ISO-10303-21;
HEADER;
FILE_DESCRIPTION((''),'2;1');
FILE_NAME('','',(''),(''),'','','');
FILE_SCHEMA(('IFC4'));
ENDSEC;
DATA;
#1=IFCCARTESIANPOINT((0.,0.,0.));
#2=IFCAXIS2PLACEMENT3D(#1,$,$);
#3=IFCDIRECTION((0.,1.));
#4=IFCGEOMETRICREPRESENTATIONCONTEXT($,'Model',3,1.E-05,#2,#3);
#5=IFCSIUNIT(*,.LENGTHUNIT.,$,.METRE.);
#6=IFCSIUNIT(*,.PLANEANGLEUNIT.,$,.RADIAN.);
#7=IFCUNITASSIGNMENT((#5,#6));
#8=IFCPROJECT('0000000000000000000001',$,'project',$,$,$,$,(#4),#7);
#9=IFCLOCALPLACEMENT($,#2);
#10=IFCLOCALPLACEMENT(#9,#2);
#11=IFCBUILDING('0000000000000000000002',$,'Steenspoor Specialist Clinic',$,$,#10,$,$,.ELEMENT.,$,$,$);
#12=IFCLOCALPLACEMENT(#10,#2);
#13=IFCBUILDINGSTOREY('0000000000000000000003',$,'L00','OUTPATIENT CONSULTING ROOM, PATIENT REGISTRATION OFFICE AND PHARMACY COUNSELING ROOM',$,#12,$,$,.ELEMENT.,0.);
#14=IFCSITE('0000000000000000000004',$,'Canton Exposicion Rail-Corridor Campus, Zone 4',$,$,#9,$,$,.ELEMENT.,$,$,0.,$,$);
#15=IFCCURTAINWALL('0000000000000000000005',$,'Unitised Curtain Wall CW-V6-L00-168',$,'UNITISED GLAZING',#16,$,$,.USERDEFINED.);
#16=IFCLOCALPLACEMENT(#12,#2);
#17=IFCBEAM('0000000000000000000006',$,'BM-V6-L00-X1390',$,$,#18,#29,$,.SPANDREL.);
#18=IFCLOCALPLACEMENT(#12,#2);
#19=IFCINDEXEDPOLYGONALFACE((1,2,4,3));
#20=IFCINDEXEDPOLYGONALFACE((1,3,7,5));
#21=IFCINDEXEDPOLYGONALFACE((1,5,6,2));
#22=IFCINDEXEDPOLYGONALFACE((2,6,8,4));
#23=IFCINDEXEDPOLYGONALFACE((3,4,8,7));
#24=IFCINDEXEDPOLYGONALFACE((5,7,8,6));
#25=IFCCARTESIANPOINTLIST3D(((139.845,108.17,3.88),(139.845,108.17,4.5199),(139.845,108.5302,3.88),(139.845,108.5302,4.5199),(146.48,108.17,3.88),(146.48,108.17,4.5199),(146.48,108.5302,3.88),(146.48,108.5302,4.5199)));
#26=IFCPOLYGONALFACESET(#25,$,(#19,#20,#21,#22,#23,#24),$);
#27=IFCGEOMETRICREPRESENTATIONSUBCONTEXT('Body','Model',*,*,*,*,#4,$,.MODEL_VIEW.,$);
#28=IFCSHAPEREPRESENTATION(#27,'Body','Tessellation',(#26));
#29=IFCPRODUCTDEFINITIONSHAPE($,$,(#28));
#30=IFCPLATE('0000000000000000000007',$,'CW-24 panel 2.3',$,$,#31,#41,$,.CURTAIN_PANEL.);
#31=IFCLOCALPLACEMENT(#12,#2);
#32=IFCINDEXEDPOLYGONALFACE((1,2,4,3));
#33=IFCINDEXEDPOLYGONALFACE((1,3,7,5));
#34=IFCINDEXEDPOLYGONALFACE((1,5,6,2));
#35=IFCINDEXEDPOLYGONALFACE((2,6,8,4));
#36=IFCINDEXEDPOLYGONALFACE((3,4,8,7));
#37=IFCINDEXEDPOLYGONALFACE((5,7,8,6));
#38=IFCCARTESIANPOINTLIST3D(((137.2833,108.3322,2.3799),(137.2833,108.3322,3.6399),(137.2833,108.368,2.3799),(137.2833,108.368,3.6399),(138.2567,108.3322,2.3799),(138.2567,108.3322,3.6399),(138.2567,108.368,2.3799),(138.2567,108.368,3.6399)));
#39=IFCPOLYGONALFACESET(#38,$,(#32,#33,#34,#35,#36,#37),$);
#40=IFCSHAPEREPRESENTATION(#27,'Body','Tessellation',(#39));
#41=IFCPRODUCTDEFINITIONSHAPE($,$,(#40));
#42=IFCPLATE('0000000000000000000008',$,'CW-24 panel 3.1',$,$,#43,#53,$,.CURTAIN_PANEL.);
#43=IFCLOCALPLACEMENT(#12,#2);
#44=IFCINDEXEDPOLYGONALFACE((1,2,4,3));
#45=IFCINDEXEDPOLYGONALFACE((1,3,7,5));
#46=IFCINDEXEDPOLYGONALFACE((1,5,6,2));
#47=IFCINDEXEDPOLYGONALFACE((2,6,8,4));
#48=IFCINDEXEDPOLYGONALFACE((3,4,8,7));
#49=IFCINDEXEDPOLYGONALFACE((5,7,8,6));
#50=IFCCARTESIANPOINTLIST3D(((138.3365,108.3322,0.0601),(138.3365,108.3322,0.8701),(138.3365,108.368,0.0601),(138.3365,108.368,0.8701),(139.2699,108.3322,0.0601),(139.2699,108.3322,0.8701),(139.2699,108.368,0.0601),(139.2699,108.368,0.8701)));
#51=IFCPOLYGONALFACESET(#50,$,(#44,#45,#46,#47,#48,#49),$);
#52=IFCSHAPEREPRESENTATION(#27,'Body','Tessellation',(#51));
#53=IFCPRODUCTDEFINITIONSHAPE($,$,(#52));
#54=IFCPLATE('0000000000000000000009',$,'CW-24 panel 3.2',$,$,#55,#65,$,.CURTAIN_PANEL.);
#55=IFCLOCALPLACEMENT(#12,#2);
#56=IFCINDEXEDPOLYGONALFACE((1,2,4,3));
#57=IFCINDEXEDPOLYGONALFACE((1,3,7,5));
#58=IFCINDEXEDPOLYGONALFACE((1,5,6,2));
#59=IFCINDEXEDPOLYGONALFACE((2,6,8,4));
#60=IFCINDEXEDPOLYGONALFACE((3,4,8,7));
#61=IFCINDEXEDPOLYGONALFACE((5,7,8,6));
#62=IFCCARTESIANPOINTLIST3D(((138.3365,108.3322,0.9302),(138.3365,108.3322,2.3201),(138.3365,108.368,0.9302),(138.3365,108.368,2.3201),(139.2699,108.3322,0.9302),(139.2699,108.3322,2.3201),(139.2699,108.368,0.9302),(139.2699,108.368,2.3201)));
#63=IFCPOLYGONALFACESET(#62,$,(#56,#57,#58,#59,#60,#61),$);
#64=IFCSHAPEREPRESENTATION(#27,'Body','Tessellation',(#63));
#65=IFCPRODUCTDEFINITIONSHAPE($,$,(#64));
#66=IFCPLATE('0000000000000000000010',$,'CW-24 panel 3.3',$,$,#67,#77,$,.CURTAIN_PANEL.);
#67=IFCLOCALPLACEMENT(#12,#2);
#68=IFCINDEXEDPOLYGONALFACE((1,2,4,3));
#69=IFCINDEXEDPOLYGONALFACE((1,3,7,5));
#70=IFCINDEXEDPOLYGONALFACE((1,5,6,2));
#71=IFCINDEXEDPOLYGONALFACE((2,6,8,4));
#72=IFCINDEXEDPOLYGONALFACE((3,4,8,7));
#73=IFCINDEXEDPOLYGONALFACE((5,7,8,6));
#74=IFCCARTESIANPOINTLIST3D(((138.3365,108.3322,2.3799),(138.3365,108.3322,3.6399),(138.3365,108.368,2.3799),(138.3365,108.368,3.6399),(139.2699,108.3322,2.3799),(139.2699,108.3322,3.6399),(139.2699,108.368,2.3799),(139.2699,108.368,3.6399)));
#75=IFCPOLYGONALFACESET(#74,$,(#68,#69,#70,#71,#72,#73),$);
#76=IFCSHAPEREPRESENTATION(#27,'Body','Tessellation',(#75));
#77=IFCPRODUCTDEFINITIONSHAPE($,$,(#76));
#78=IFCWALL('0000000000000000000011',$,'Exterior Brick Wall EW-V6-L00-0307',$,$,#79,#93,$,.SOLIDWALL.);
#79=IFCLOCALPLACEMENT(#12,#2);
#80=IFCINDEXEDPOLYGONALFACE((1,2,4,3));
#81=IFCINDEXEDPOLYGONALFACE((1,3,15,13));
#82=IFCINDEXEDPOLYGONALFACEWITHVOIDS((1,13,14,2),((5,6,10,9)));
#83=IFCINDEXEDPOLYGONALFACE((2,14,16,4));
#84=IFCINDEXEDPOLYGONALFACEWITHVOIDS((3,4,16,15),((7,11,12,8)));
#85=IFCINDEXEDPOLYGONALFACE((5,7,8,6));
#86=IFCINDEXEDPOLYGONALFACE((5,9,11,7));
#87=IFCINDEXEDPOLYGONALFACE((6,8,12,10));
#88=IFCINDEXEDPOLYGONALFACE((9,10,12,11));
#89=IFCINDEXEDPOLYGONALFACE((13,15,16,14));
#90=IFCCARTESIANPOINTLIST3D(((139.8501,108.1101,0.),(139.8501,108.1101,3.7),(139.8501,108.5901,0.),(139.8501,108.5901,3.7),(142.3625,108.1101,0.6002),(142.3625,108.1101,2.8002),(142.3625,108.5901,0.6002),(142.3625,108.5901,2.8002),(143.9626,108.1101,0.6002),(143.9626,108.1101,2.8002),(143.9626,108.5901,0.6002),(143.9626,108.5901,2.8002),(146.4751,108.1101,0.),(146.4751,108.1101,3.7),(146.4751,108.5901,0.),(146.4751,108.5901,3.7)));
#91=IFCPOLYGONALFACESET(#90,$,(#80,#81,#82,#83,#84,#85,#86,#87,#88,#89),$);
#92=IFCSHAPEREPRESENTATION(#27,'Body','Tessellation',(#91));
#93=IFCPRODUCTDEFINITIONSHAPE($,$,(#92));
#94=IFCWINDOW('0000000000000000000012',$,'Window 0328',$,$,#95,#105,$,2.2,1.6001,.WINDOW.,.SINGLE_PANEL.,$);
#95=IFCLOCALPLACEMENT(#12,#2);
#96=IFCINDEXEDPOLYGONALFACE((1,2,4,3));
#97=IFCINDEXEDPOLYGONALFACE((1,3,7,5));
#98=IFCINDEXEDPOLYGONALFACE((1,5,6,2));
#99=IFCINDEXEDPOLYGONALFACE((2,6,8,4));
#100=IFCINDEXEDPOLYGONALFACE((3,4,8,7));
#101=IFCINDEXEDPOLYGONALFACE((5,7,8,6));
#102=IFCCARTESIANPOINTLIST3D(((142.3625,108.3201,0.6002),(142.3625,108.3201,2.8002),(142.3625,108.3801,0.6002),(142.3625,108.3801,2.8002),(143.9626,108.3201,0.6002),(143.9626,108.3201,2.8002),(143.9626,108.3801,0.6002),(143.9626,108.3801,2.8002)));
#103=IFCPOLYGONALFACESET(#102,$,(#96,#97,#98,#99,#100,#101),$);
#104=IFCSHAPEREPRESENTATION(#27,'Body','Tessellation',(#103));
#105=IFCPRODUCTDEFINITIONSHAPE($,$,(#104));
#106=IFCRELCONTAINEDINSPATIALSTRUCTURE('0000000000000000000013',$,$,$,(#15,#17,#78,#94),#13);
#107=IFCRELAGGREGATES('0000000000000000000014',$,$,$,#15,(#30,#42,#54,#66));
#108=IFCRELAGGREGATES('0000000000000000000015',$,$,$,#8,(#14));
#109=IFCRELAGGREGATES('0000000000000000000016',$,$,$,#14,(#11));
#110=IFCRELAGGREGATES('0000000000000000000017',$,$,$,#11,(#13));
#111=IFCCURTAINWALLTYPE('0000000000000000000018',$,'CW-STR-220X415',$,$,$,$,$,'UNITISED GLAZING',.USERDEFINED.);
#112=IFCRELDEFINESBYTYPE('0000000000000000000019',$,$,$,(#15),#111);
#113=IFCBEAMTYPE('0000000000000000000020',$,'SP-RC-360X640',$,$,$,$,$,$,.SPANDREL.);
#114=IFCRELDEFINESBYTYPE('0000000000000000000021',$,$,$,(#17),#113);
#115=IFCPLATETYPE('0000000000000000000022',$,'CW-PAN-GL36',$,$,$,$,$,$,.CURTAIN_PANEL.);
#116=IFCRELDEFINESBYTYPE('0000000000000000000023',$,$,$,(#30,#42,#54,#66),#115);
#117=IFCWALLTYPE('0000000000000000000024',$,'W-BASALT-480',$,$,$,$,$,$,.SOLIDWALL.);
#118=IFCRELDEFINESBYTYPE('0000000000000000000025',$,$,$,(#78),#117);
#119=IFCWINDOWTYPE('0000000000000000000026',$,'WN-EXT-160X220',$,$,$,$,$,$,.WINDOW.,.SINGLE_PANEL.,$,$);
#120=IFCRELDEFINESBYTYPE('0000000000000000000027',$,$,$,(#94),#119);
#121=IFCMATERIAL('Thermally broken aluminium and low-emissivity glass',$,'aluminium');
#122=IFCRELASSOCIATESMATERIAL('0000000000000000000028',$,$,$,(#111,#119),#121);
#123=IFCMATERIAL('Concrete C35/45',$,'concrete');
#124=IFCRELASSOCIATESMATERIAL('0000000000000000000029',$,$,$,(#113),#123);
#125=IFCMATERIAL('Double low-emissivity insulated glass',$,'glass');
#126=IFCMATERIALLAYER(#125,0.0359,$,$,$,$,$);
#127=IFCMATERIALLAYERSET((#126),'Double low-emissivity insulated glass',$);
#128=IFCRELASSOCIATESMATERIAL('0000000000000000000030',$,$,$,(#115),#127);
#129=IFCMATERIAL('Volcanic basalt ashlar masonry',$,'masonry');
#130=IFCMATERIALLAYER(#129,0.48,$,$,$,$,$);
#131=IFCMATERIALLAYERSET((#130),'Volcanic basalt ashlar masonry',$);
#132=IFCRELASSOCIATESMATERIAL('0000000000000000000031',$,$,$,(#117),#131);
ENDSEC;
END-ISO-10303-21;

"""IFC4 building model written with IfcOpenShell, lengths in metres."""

from ifc_helpers import new_model, si_unit, direction, frame, frame_2d, origin, origin_2d, place, context, subcontext, project, spatial, rectangle, extrude, material, layer, layer_set, material_profile, profile_set, type_object, element, fill, aggregate, save


model = new_model("IFC4")

# Units and contexts
model_context = context("Model", 3, precision=1e-05, world=origin(), true_north=direction((0.0, 1.0)))
body_context = subcontext(model_context, "Body", "Model", "MODEL_VIEW")
ifc_project = project(units=[si_unit("LENGTHUNIT", "METRE"), si_unit("PLANEANGLEUNIT", "RADIAN")], contexts=[model_context])

# Site, building, storey
site_placement = place(None, origin())
site = spatial("IfcSite", under=ifc_project, at=site_placement, Name="Canton Exposicion Rail-Corridor Campus, Zone 4", CompositionType="ELEMENT", RefElevation=0.0)
building_placement = place(site_placement, origin())
building = spatial("IfcBuilding", under=site, at=building_placement, Name="Steenspoor Specialist Clinic", CompositionType="ELEMENT")
storey_placement = place(building_placement, origin())
storey = spatial("IfcBuildingStorey", under=building, at=storey_placement, Name="L00", Description="OUTPATIENT CONSULTING ROOM, PATIENT REGISTRATION OFFICE AND PHARMACY COUNSELING ROOM", CompositionType="ELEMENT", Elevation=0.0)

# Shared definitions
ifc_material_1 = material(Name="Concrete C35/45", Category="concrete")

# Curtain wall
ifc_material_2 = material(Name="Thermally broken aluminium and low-emissivity glass", Category="aluminium")
curtain_wall_type = type_object("IfcCurtainWallType", Name="CW-STR-220X415", ElementType="UNITISED GLAZING", PredefinedType="USERDEFINED", material=ifc_material_2)
curtain_wall_placement = place(storey_placement, origin())
curtain_wall = element("IfcCurtainWall", 1, at=curtain_wall_placement, inside=storey, type_object=curtain_wall_type, Name="Unitised Curtain Wall CW-V6-L00-168", ObjectType="UNITISED GLAZING", PredefinedType="USERDEFINED")

# Beam
ifc_material_profile_1 = material_profile(ifc_material_1, rectangle(XDim=0.3601, YDim=0.6399, at=origin_2d()), Name="RC-SP-360X640")
ifc_profile_set_1 = profile_set([ifc_material_profile_1], Name="Concrete C35/45")
beam_type_1 = type_object("IfcBeamType", Name="SP-RC-360X640", PredefinedType="SPANDREL", material=ifc_profile_set_1)
beam_1_placement = place(storey_placement, frame((139.845, 108.3501, 4.2), z_axis=(1.0, 0.0, 0.0), x_axis=(0.0, 1.0, 0.0)))
element("IfcBeam", 2, at=beam_1_placement, inside=storey, type_object=beam_type_1, Name="BM-V6-L00-X1390", PredefinedType="SPANDREL", context=body_context, shape_type="SweptSolid", body=[
    extrude(rectangle(XDim=0.3601, YDim=0.6399, at=origin_2d()), origin(), (0.0, 0.0, 1.0), 6.635),
])

# Plates
ifc_material_3 = material(Name="Double low-emissivity insulated glass", Category="glass")
ifc_layer_1 = layer(ifc_material_3, 0.0359)
ifc_layer_set_1 = layer_set([ifc_layer_1], Name="Double low-emissivity insulated glass")
plate_type = type_object("IfcPlateType", Name="CW-PAN-GL36", PredefinedType="CURTAIN_PANEL", material=ifc_layer_set_1)
plate_1_placement = place(storey_placement, frame((137.77, 108.3501, 2.3799), z_axis=(0.0, 0.0, 1.0), x_axis=(1.0, 0.0, 0.0)))
plate_1 = element("IfcPlate", 3, at=plate_1_placement, type_object=plate_type, Name="CW-24 panel 2.3", PredefinedType="CURTAIN_PANEL", context=body_context, shape_type="SweptSolid", body=[
    extrude(rectangle(XDim=0.9734, YDim=0.0359, at=origin_2d()), origin(), (0.0, 0.0, 1.0), 1.26),
])
plate_2_placement = place(storey_placement, frame((138.8032, 108.3501, 0.0601), z_axis=(0.0, 0.0, 1.0), x_axis=(1.0, 0.0, 0.0)))
plate_2 = element("IfcPlate", 4, at=plate_2_placement, type_object=plate_type, Name="CW-24 panel 3.1", PredefinedType="CURTAIN_PANEL", context=body_context, shape_type="SweptSolid", body=[
    extrude(rectangle(XDim=0.9333, YDim=0.0359, at=origin_2d()), origin(), (0.0, 0.0, 1.0), 0.8101),
])
plate_3_placement = place(storey_placement, frame((138.8032, 108.3501, 0.9302), z_axis=(0.0, 0.0, 1.0), x_axis=(1.0, 0.0, 0.0)))
plate_3 = element("IfcPlate", 5, at=plate_3_placement, type_object=plate_type, Name="CW-24 panel 3.2", PredefinedType="CURTAIN_PANEL", context=body_context, shape_type="SweptSolid", body=[
    extrude(rectangle(XDim=0.9333, YDim=0.0359, at=origin_2d()), origin(), (0.0, 0.0, 1.0), 1.3899),
])
plate_4_placement = place(storey_placement, frame((138.8032, 108.3501, 2.3799), z_axis=(0.0, 0.0, 1.0), x_axis=(1.0, 0.0, 0.0)))
plate_4 = element("IfcPlate", 6, at=plate_4_placement, type_object=plate_type, Name="CW-24 panel 3.3", PredefinedType="CURTAIN_PANEL", context=body_context, shape_type="SweptSolid", body=[
    extrude(rectangle(XDim=0.9333, YDim=0.0359, at=origin_2d()), origin(), (0.0, 0.0, 1.0), 1.26),
])
aggregate(curtain_wall, [plate_1, plate_2, plate_3, plate_4])

# Wall, opening, window
ifc_material_4 = material(Name="Volcanic basalt ashlar masonry", Category="masonry")
ifc_layer_2 = layer(ifc_material_4, 0.48)
ifc_layer_set_2 = layer_set([ifc_layer_2], Name="Volcanic basalt ashlar masonry")
wall_type = type_object("IfcWallType", Name="W-BASALT-480", PredefinedType="SOLIDWALL", material=ifc_layer_set_2)
wall_placement = place(storey_placement, frame((139.8501, 108.3501, 0.0), z_axis=(0.0, 0.0, 1.0), x_axis=(1.0, 0.0, 0.0)))
wall = element("IfcWall", 7, at=wall_placement, inside=storey, type_object=wall_type, Name="Exterior Brick Wall EW-V6-L00-0307", PredefinedType="SOLIDWALL", context=body_context, shape_type="SweptSolid", body=[
    extrude(rectangle(XDim=6.625, YDim=0.48, at=frame_2d((3.3125, 0.0))), origin(), (0.0, 0.0, 1.0), 3.7),
])
opening_placement = place(wall_placement, frame((2.5125, 0.0, 0.6001)))
opening = element("IfcOpeningElement", 8, at=opening_placement, cuts=wall, PredefinedType="OPENING", context=body_context, shape_type="SweptSolid", body=[
    extrude(rectangle(XDim=1.6001, YDim=2.2, at=frame_2d((0.8, 1.1001))), frame((0.0, 0.25, 0.0), z_axis=(0.0, -1.0, 0.0), x_axis=(1.0, 0.0, 0.0)), (0.0, 0.0, 1.0), 0.5),
])
window_type = type_object("IfcWindowType", Name="WN-EXT-160X220", PartitioningType="SINGLE_PANEL", PredefinedType="WINDOW", material=ifc_material_2)
window_placement = place(opening_placement, origin())
window = element("IfcWindow", 9, at=window_placement, inside=storey, type_object=window_type, Name="Window 0328", OverallHeight=2.2, OverallWidth=1.6001, PartitioningType="SINGLE_PANEL", PredefinedType="WINDOW", context=body_context, shape_type="SweptSolid", body=[
    extrude(rectangle(XDim=1.6001, YDim=2.2, at=frame_2d((0.8, 1.1001))), frame((0.0, 0.03, 0.0), z_axis=(0.0, -1.0, 0.0), x_axis=(1.0, 0.0, 0.0)), (0.0, 0.0, 1.0), 0.0601),
])
fill(opening, window)

save(model, "model.ifc")
